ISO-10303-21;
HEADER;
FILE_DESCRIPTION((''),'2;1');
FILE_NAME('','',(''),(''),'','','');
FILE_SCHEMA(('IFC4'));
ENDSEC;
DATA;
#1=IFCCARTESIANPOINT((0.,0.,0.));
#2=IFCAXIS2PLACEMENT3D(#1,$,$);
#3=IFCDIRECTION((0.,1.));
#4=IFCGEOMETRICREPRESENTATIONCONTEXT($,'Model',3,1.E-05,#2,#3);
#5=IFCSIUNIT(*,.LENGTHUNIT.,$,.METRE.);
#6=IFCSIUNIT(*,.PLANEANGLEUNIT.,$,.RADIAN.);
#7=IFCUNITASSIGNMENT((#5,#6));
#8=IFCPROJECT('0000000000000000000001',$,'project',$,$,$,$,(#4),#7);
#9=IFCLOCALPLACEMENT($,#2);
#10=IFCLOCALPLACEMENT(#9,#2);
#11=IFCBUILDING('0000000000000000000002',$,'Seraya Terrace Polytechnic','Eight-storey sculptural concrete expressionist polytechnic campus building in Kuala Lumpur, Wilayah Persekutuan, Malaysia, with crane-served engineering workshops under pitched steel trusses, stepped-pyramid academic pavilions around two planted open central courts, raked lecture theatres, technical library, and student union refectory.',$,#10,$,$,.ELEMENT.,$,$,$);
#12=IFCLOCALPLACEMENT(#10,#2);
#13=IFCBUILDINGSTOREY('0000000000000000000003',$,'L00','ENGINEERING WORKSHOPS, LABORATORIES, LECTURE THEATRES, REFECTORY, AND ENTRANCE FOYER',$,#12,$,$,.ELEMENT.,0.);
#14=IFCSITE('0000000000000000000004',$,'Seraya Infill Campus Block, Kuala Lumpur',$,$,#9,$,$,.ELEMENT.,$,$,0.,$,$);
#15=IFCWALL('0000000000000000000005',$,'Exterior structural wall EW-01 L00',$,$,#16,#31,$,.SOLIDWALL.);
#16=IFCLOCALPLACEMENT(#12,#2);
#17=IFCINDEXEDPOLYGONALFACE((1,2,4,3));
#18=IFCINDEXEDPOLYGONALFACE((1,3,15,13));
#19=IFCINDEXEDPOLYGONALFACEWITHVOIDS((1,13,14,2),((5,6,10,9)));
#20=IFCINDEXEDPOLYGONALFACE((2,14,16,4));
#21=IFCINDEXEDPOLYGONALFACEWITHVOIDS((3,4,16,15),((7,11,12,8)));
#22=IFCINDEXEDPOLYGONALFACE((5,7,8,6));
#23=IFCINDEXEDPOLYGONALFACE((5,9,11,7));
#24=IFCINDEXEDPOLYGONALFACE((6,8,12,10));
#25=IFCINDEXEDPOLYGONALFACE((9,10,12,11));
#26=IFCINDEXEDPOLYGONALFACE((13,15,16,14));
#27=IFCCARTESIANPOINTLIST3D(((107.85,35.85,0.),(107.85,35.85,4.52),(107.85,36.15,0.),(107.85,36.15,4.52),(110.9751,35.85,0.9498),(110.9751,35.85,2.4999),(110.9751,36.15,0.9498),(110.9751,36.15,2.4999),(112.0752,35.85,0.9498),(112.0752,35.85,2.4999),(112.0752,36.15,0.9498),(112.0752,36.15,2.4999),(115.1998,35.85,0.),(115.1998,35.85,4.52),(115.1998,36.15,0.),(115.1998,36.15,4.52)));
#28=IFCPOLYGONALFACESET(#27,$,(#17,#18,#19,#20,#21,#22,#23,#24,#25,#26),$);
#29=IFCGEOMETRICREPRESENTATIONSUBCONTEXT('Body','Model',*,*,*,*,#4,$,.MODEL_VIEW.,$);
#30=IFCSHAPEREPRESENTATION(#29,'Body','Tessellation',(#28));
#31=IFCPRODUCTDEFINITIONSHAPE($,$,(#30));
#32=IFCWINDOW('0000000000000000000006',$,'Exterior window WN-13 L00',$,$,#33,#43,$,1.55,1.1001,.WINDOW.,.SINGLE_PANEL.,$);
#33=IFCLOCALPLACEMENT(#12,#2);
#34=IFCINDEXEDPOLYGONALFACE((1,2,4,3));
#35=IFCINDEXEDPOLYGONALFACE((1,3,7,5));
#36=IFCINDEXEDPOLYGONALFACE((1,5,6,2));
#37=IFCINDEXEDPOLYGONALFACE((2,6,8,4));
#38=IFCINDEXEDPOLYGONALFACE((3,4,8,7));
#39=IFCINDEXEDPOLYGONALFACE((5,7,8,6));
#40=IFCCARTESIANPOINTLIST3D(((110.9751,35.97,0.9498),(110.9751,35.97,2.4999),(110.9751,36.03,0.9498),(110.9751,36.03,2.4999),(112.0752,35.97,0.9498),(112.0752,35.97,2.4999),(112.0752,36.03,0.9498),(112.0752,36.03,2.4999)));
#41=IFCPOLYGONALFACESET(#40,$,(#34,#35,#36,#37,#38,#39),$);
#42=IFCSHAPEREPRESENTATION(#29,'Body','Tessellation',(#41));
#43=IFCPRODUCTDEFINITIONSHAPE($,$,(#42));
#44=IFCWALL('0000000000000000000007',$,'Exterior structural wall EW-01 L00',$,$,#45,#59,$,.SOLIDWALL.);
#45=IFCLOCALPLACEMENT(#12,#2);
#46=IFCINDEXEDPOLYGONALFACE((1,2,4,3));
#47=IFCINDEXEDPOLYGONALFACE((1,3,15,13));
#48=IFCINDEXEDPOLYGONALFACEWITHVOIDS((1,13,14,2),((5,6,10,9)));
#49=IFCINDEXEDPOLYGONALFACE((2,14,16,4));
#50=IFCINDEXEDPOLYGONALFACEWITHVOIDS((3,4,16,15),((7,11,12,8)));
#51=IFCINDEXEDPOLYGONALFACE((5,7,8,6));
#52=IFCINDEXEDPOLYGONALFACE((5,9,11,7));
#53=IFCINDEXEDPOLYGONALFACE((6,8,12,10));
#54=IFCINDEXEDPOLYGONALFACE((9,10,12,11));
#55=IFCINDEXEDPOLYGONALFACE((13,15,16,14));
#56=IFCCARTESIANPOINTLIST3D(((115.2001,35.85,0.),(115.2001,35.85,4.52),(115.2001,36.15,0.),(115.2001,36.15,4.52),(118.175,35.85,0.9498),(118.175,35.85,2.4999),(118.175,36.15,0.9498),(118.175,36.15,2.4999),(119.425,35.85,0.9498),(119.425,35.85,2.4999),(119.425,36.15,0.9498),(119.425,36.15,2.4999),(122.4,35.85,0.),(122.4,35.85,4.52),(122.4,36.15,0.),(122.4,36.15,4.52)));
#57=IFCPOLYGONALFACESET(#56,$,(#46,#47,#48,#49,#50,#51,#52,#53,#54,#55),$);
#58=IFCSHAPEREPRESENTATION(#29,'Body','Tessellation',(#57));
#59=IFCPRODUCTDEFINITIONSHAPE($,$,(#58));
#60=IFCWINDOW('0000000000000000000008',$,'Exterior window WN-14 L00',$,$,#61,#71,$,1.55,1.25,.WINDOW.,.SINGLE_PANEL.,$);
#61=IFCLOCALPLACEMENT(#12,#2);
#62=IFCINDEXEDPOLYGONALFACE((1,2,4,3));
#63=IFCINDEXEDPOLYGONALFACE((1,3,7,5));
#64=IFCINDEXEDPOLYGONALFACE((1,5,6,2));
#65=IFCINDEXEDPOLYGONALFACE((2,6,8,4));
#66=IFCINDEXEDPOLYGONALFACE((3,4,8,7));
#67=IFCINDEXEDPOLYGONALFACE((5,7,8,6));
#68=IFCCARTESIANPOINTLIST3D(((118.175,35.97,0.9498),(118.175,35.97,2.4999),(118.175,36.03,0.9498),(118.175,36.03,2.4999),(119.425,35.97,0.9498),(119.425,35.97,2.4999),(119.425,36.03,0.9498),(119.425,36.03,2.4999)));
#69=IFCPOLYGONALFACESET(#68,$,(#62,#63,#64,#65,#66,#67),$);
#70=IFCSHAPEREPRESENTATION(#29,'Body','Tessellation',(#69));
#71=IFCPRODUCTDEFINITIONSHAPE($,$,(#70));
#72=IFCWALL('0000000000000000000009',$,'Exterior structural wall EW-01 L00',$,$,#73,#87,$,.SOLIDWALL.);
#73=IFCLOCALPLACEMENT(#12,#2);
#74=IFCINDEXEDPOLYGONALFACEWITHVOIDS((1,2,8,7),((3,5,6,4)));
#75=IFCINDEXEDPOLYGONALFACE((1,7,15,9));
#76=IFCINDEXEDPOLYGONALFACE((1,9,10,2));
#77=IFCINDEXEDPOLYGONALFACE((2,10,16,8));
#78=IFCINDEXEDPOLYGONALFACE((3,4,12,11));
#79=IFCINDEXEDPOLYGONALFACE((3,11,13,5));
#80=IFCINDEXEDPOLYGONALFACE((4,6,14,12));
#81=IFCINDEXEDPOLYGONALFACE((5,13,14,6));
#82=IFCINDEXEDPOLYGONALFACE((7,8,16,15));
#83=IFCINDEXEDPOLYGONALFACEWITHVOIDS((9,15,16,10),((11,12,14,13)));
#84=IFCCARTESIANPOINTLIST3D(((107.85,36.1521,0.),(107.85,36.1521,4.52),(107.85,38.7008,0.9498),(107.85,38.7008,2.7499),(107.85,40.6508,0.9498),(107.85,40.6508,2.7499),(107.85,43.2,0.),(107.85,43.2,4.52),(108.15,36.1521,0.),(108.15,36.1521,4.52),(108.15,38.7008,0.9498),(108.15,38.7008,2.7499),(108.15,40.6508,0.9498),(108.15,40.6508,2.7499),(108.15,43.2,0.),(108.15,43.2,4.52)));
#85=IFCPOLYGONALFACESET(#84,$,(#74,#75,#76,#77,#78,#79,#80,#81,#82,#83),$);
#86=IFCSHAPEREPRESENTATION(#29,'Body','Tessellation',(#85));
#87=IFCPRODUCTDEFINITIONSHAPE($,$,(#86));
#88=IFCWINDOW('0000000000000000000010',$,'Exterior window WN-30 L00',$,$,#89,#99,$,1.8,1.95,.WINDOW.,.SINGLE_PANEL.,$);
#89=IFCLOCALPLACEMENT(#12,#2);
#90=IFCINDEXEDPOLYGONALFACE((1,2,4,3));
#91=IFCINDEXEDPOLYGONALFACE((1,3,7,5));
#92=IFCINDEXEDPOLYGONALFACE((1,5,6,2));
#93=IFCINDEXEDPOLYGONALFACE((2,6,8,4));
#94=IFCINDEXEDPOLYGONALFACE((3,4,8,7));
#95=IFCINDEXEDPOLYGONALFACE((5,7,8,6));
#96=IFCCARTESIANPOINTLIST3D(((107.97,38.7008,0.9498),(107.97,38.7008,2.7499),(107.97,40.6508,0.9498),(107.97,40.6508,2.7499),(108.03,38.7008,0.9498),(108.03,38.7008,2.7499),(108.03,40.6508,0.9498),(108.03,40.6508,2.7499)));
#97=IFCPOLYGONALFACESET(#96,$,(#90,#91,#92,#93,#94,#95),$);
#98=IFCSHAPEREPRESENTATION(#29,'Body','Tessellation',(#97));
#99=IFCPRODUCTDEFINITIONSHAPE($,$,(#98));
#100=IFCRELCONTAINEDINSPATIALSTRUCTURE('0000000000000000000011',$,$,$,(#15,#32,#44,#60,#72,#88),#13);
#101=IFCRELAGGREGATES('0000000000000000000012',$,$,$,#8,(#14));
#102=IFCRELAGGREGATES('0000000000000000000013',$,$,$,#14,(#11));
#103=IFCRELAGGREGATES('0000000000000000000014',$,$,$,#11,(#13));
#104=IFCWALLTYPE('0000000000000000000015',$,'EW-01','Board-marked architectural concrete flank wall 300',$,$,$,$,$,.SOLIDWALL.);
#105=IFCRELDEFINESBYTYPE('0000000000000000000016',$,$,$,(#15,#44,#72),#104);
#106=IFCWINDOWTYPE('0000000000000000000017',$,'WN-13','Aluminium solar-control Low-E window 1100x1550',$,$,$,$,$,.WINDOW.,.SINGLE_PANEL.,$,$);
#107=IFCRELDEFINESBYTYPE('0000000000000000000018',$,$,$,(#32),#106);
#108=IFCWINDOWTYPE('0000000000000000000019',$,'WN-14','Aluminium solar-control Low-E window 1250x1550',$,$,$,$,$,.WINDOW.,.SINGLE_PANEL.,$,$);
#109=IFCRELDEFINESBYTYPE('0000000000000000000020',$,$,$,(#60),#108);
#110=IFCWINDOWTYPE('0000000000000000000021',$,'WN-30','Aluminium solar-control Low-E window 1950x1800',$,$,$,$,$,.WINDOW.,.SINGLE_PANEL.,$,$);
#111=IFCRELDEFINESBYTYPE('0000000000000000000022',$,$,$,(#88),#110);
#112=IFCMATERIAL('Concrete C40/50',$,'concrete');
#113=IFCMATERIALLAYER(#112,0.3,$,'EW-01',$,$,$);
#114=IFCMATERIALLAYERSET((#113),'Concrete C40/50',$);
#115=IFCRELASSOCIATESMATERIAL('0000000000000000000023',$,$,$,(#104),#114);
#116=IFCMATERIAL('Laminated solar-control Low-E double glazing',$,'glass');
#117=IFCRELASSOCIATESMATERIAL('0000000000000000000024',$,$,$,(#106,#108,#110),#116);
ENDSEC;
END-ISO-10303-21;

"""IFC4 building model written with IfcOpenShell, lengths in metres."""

from ifc_helpers import new_model, si_unit, direction, frame, frame_2d, origin, place, context, subcontext, project, spatial, rectangle, extrude, material, layer, layer_set, type_object, element, fill, save


model = new_model("IFC4")

# Units and contexts
model_context = context("Model", 3, precision=1e-05, world=origin(), true_north=direction((0.0, 1.0)))
body_context = subcontext(model_context, "Body", "Model", "MODEL_VIEW")
ifc_project = project(units=[si_unit("LENGTHUNIT", "METRE"), si_unit("PLANEANGLEUNIT", "RADIAN")], contexts=[model_context])

# Site, building, storey
site_placement = place(None, origin())
site = spatial("IfcSite", under=ifc_project, at=site_placement, Name="Seraya Infill Campus Block, Kuala Lumpur", CompositionType="ELEMENT", RefElevation=0.0)
building_placement = place(site_placement, origin())
building = spatial("IfcBuilding", under=site, at=building_placement, Name="Seraya Terrace Polytechnic", Description="Eight-storey sculptural concrete expressionist polytechnic campus building in Kuala Lumpur, Wilayah Persekutuan, Malaysia, with crane-served engineering workshops under pitched steel trusses, stepped-pyramid academic pavilions around two planted open central courts, raked lecture theatres, technical library, and student union refectory.", CompositionType="ELEMENT")
storey_placement = place(building_placement, origin())
storey = spatial("IfcBuildingStorey", under=building, at=storey_placement, Name="L00", Description="ENGINEERING WORKSHOPS, LABORATORIES, LECTURE THEATRES, REFECTORY, AND ENTRANCE FOYER", CompositionType="ELEMENT", Elevation=0.0)

# Shared definitions
ifc_material_1 = material(Name="Concrete C40/50", Category="concrete")

# Walls, openings, windows
ifc_layer = layer(ifc_material_1, 0.3, Name="EW-01")
ifc_layer_set = layer_set([ifc_layer], Name="Concrete C40/50")
wall_type = type_object("IfcWallType", Name="EW-01", Description="Board-marked architectural concrete flank wall 300", PredefinedType="SOLIDWALL", material=ifc_layer_set)
wall_1_placement = place(storey_placement, frame((107.8501, 36.0, 0.0), z_axis=(0.0, 0.0, 1.0), x_axis=(1.0, 0.0, 0.0)))
wall_1 = element("IfcWall", 1, at=wall_1_placement, inside=storey, type_object=wall_type, Name="Exterior structural wall EW-01 L00", PredefinedType="SOLIDWALL", context=body_context, shape_type="SweptSolid", body=[
    extrude(rectangle(XDim=7.3499, YDim=0.3, at=frame_2d((3.6748, 0.0))), origin(), (0.0, 0.0, 1.0), 4.52),
])
opening_1_placement = place(wall_1_placement, frame((3.125, 0.0, 0.95)))
opening_1 = element("IfcOpeningElement", 2, at=opening_1_placement, cuts=wall_1, PredefinedType="OPENING", context=body_context, shape_type="SweptSolid", body=[
    extrude(rectangle(XDim=1.1001, YDim=1.55, at=frame_2d((0.55, 0.7749))), frame((0.0, 0.1621, 0.0), z_axis=(0.0, -1.0, 0.0), x_axis=(1.0, 0.0, 0.0)), (0.0, 0.0, 1.0), 0.324),
])
ifc_material_2 = material(Name="Laminated solar-control Low-E double glazing", Category="glass")
window_type_1 = type_object("IfcWindowType", Name="WN-13", Description="Aluminium solar-control Low-E window 1100x1550", PartitioningType="SINGLE_PANEL", PredefinedType="WINDOW", material=ifc_material_2)
window_1_placement = place(opening_1_placement, origin())
window_1 = element("IfcWindow", 3, at=window_1_placement, inside=storey, type_object=window_type_1, Name="Exterior window WN-13 L00", OverallHeight=1.55, OverallWidth=1.1001, PartitioningType="SINGLE_PANEL", PredefinedType="WINDOW", context=body_context, shape_type="SweptSolid", body=[
    extrude(rectangle(XDim=1.1001, YDim=1.55, at=frame_2d((0.55, 0.7749))), frame((0.0, 0.03, 0.0), z_axis=(0.0, -1.0, 0.0), x_axis=(1.0, 0.0, 0.0)), (0.0, 0.0, 1.0), 0.0601),
])
fill(opening_1, window_1)
wall_2_placement = place(storey_placement, frame((115.2, 36.0, 0.0), z_axis=(0.0, 0.0, 1.0), x_axis=(1.0, 0.0, 0.0)))
wall_2 = element("IfcWall", 4, at=wall_2_placement, inside=storey, type_object=wall_type, Name="Exterior structural wall EW-01 L00", PredefinedType="SOLIDWALL", context=body_context, shape_type="SweptSolid", body=[
    extrude(rectangle(XDim=7.2, YDim=0.3, at=frame_2d((3.6001, 0.0))), origin(), (0.0, 0.0, 1.0), 4.52),
])
opening_2_placement = place(wall_2_placement, frame((2.9751, 0.0, 0.95)))
opening_2 = element("IfcOpeningElement", 5, at=opening_2_placement, cuts=wall_2, PredefinedType="OPENING", context=body_context, shape_type="SweptSolid", body=[
    extrude(rectangle(XDim=1.25, YDim=1.55, at=frame_2d((0.625, 0.7749))), frame((0.0, 0.1621, 0.0), z_axis=(0.0, -1.0, 0.0), x_axis=(1.0, 0.0, 0.0)), (0.0, 0.0, 1.0), 0.324),
])
window_type_2 = type_object("IfcWindowType", Name="WN-14", Description="Aluminium solar-control Low-E window 1250x1550", PartitioningType="SINGLE_PANEL", PredefinedType="WINDOW", material=ifc_material_2)
window_2_placement = place(opening_2_placement, origin())
window_2 = element("IfcWindow", 6, at=window_2_placement, inside=storey, type_object=window_type_2, Name="Exterior window WN-14 L00", OverallHeight=1.55, OverallWidth=1.25, PartitioningType="SINGLE_PANEL", PredefinedType="WINDOW", context=body_context, shape_type="SweptSolid", body=[
    extrude(rectangle(XDim=1.25, YDim=1.55, at=frame_2d((0.625, 0.7749))), frame((0.0, 0.03, 0.0), z_axis=(0.0, -1.0, 0.0), x_axis=(1.0, 0.0, 0.0)), (0.0, 0.0, 1.0), 0.0601),
])
fill(opening_2, window_2)
wall_3_placement = place(storey_placement, frame((108.0, 43.2, 0.0), z_axis=(0.0, 0.0, 1.0), x_axis=(0.0, -1.0, 0.0)))
wall_3 = element("IfcWall", 7, at=wall_3_placement, inside=storey, type_object=wall_type, Name="Exterior structural wall EW-01 L00", PredefinedType="SOLIDWALL", context=body_context, shape_type="SweptSolid", body=[
    extrude(rectangle(XDim=7.0479, YDim=0.3, at=frame_2d((3.5239, 0.0))), origin(), (0.0, 0.0, 1.0), 4.52),
])
opening_3_placement = place(wall_3_placement, frame((2.5491, 0.0, 0.95)))
opening_3 = element("IfcOpeningElement", 8, at=opening_3_placement, cuts=wall_3, PredefinedType="OPENING", context=body_context, shape_type="SweptSolid", body=[
    extrude(rectangle(XDim=1.95, YDim=1.8, at=frame_2d((0.9751, 0.8999))), frame((0.0, 0.1621, 0.0), z_axis=(0.0, -1.0, 0.0), x_axis=(1.0, 0.0, 0.0)), (0.0, 0.0, 1.0), 0.324),
])
window_type_3 = type_object("IfcWindowType", Name="WN-30", Description="Aluminium solar-control Low-E window 1950x1800", PartitioningType="SINGLE_PANEL", PredefinedType="WINDOW", material=ifc_material_2)
window_3_placement = place(opening_3_placement, origin())
window_3 = element("IfcWindow", 9, at=window_3_placement, inside=storey, type_object=window_type_3, Name="Exterior window WN-30 L00", OverallHeight=1.8, OverallWidth=1.95, PartitioningType="SINGLE_PANEL", PredefinedType="WINDOW", context=body_context, shape_type="SweptSolid", body=[
    extrude(rectangle(XDim=1.95, YDim=1.8, at=frame_2d((0.9751, 0.8999))), frame((0.0, 0.03, 0.0), z_axis=(0.0, -1.0, 0.0), x_axis=(1.0, 0.0, 0.0)), (0.0, 0.0, 1.0), 0.0601),
])
fill(opening_3, window_3)

save(model, "model.ifc")
